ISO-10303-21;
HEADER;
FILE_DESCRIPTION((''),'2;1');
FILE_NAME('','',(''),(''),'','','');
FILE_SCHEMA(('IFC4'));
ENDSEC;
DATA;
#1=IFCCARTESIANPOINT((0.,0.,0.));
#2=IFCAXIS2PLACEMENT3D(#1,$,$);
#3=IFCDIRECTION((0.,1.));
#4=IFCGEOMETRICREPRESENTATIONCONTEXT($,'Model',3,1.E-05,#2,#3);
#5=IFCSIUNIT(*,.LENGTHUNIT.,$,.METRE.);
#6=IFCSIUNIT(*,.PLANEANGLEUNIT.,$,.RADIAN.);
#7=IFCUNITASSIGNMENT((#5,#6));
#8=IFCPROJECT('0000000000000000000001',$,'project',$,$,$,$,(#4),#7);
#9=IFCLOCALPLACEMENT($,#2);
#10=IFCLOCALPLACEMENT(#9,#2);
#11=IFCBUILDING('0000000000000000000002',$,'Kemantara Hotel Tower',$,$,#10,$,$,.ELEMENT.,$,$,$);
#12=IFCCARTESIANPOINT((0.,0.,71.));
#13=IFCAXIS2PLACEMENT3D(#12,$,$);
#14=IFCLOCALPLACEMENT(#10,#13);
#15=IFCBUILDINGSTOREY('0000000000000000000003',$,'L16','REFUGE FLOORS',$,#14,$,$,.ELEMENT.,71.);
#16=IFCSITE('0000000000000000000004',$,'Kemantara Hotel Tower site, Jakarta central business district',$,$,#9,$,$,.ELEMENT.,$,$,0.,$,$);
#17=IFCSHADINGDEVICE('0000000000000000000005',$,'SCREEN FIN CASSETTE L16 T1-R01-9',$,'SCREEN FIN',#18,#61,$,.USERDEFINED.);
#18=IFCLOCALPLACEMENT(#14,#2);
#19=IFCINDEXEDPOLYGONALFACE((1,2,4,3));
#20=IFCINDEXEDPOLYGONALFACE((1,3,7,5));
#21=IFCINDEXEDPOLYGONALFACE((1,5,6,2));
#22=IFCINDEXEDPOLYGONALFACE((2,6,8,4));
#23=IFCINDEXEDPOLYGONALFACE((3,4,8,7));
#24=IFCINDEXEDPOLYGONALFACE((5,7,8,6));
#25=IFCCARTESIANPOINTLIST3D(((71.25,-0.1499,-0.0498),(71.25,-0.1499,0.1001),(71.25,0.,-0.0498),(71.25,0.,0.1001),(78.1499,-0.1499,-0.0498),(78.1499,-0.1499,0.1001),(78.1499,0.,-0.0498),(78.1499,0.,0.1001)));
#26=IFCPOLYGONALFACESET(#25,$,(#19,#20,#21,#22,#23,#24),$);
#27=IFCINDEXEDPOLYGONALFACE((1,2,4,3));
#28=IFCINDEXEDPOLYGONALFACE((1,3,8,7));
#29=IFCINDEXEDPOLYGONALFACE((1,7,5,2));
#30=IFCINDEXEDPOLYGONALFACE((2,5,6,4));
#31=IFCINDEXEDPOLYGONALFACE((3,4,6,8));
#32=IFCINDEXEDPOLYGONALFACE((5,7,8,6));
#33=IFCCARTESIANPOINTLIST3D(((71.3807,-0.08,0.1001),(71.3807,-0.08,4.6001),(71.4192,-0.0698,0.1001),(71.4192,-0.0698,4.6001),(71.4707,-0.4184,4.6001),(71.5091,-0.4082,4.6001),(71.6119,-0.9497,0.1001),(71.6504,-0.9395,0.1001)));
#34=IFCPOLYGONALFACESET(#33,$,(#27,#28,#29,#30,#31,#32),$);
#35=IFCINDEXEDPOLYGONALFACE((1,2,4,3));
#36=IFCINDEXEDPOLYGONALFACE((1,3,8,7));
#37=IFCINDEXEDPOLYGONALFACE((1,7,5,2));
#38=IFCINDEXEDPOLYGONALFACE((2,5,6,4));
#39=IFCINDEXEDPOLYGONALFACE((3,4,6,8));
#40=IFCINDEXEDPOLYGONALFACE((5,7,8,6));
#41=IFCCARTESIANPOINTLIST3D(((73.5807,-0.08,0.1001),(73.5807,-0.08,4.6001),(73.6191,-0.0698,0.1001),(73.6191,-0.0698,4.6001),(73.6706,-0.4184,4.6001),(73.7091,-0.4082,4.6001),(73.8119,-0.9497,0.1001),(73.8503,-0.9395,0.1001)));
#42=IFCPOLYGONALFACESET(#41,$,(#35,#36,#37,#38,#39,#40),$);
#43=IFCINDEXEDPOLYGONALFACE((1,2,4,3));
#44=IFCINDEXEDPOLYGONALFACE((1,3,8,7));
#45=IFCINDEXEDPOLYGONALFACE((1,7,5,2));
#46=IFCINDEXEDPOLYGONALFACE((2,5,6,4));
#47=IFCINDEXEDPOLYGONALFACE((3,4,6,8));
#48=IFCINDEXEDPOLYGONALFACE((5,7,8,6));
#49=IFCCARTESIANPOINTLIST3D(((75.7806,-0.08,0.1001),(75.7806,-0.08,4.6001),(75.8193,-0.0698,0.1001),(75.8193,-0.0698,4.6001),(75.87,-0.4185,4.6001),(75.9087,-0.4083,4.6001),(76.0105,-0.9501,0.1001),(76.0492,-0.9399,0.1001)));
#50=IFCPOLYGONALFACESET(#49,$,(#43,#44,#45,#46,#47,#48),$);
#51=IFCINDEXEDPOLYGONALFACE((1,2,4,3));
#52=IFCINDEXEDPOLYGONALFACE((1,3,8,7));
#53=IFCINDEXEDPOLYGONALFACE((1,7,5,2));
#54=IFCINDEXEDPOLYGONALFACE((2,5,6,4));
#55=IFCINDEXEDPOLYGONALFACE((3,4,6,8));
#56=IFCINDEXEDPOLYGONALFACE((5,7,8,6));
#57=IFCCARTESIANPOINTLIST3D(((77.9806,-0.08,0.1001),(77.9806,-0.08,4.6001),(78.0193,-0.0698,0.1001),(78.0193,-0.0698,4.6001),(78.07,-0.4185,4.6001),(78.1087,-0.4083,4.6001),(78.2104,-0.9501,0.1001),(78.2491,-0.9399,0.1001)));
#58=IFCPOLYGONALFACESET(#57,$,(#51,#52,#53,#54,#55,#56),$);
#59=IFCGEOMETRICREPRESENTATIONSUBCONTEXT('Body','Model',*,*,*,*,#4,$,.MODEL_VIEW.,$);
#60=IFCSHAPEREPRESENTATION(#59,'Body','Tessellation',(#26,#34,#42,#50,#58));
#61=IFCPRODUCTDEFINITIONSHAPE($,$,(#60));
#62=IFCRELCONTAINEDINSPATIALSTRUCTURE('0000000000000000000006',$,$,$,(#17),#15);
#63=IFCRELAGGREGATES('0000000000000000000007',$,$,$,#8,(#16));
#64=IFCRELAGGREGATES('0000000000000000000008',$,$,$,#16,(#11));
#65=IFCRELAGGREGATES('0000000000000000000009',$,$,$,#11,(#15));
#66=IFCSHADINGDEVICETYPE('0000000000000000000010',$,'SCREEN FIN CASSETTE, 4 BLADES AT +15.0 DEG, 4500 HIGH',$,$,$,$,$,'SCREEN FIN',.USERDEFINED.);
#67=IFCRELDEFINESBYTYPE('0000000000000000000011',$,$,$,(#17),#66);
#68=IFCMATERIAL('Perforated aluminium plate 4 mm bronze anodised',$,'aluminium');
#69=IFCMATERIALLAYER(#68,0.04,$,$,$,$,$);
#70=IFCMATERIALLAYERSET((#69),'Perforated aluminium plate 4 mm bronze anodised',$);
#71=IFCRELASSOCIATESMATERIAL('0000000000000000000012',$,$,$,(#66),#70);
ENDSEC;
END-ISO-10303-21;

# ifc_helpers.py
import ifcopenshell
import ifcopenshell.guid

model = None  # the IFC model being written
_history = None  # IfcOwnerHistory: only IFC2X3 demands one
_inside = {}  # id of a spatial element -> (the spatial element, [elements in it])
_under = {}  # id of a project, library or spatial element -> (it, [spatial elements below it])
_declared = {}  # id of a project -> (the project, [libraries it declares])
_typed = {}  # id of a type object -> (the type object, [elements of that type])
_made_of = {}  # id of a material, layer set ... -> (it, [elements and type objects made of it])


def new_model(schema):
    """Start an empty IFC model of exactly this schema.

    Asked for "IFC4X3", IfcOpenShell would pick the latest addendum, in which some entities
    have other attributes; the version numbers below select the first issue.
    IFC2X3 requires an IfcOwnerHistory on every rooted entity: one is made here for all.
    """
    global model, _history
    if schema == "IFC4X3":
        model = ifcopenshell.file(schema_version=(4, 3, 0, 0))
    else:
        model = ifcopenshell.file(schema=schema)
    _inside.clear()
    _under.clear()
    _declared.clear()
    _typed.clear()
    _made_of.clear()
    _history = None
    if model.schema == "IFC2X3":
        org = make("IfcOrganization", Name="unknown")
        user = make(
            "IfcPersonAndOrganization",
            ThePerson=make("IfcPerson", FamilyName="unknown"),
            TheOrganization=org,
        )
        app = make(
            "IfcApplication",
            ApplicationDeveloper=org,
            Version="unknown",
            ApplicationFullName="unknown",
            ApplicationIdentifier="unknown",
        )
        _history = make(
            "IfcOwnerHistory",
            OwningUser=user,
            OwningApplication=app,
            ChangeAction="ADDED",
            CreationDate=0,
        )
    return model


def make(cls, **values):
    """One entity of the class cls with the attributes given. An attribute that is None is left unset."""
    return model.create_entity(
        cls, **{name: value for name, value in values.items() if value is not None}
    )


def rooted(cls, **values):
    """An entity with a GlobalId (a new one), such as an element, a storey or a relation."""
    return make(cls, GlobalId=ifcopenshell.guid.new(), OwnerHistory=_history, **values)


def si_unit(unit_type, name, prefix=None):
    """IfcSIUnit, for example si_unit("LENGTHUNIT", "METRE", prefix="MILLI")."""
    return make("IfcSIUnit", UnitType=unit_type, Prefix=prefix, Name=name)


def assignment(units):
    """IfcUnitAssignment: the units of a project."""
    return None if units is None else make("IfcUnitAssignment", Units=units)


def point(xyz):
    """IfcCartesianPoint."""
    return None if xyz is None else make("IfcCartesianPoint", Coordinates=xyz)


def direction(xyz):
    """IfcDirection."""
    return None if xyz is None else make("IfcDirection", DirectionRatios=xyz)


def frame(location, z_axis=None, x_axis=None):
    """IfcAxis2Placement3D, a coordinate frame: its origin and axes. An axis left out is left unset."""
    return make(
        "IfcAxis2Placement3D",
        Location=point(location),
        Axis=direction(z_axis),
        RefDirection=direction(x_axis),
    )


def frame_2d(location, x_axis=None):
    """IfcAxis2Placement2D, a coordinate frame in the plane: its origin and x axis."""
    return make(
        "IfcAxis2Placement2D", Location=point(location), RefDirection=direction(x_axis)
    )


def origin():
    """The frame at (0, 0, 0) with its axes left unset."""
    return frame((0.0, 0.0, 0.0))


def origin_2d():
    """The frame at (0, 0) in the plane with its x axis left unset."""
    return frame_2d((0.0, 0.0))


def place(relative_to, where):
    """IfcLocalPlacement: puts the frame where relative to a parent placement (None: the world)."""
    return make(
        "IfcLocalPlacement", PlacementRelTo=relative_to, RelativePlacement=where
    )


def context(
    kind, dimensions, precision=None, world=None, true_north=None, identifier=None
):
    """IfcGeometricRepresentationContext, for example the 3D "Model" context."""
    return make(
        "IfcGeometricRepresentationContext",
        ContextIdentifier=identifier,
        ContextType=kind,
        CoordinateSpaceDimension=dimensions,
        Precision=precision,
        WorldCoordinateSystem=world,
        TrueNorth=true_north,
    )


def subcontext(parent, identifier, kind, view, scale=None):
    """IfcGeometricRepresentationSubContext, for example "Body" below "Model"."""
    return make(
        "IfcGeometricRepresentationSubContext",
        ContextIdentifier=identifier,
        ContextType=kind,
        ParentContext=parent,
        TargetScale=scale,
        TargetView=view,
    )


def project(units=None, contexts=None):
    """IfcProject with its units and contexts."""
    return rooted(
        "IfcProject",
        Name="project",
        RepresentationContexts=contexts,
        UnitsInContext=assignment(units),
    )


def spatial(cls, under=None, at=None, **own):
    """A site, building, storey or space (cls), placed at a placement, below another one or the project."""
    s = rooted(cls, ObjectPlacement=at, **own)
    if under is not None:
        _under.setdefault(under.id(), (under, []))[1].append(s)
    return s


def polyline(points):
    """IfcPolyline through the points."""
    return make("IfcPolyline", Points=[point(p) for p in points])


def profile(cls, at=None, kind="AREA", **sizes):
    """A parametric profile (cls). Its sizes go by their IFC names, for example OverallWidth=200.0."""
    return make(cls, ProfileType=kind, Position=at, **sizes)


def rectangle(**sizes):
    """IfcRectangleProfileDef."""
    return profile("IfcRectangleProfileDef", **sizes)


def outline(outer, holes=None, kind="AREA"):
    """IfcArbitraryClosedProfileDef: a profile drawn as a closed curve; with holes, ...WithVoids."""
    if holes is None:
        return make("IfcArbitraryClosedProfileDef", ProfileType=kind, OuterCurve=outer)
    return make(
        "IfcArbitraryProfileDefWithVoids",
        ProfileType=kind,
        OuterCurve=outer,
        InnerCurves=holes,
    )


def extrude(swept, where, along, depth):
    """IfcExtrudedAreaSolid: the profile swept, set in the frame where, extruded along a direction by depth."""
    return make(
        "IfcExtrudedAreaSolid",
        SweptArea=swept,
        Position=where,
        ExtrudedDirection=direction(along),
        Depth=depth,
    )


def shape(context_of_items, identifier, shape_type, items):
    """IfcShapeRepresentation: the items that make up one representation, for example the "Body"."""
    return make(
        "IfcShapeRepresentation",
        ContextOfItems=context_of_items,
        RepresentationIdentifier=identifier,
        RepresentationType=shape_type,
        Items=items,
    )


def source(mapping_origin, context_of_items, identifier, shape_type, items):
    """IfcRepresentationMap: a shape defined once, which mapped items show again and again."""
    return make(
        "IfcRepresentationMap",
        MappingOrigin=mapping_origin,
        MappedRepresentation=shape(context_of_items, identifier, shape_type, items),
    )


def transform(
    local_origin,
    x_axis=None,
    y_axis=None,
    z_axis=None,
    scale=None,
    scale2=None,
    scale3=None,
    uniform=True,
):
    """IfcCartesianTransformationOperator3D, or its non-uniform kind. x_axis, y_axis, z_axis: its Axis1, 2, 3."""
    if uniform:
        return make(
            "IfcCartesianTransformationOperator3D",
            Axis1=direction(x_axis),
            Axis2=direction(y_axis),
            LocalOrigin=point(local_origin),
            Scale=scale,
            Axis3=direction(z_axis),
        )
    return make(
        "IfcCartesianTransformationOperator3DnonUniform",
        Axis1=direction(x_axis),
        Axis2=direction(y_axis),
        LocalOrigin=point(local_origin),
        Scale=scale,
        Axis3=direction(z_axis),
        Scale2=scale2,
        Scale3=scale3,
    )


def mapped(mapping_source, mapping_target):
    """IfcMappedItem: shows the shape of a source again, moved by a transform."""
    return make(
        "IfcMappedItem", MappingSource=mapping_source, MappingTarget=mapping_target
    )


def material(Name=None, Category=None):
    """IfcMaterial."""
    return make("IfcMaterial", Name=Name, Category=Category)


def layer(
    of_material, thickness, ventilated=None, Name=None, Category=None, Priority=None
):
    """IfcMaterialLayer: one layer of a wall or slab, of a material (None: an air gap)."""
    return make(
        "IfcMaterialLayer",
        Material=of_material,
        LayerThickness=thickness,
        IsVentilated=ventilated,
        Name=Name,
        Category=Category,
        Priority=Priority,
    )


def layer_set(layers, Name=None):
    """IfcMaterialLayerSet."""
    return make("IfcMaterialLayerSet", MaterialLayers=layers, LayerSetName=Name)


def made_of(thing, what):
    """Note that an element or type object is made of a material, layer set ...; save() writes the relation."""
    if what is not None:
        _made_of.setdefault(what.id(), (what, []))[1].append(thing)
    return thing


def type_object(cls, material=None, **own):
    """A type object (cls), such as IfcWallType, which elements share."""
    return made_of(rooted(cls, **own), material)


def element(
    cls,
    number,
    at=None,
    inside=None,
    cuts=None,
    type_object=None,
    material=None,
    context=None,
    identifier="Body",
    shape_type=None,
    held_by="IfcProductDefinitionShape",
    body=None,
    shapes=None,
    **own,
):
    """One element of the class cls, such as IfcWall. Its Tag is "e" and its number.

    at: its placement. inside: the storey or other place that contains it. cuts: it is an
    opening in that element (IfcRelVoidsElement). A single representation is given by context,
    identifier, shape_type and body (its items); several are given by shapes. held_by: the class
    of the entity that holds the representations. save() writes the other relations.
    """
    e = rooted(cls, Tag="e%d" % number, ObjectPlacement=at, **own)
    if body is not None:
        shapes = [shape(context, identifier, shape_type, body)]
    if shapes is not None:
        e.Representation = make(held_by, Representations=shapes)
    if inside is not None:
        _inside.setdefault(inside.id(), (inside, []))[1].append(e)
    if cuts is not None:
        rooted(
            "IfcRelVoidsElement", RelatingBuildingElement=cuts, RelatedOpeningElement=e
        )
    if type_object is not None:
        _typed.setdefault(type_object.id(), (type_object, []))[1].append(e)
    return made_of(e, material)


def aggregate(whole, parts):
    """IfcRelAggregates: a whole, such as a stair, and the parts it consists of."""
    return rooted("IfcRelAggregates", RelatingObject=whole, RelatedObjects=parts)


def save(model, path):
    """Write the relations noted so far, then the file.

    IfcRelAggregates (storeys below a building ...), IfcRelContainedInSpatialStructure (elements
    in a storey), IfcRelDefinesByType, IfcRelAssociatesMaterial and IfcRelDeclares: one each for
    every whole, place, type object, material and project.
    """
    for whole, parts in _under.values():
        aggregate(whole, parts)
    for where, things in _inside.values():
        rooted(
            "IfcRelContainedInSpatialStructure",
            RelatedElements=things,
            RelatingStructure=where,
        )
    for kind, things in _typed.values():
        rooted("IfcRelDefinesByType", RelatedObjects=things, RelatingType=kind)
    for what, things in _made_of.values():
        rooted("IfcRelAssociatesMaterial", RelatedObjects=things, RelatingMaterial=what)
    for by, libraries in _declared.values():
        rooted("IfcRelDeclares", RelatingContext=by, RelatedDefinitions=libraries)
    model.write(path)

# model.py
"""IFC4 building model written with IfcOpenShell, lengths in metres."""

from ifc_helpers import new_model, si_unit, direction, frame, origin, origin_2d, place, context, subcontext, project, spatial, polyline, rectangle, outline, extrude, source, transform, mapped, material, layer, layer_set, type_object, element, save


model = new_model("IFC4")

# Units and contexts
model_context = context("Model", 3, precision=1e-05, world=origin(), true_north=direction((0.0, 1.0)))
body_context = subcontext(model_context, "Body", "Model", "MODEL_VIEW")
ifc_project = project(units=[si_unit("LENGTHUNIT", "METRE"), si_unit("PLANEANGLEUNIT", "RADIAN")], contexts=[model_context])

# Site, building, storey
site_placement = place(None, origin())
site = spatial("IfcSite", under=ifc_project, at=site_placement, Name="Kemantara Hotel Tower site, Jakarta central business district", CompositionType="ELEMENT", RefElevation=0.0)
building_placement = place(site_placement, origin())
building = spatial("IfcBuilding", under=site, at=building_placement, Name="Kemantara Hotel Tower", CompositionType="ELEMENT")
storey_placement = place(building_placement, frame((0.0, 0.0, 71.0)))
storey = spatial("IfcBuildingStorey", under=building, at=storey_placement, Name="L16", Description="REFUGE FLOORS", CompositionType="ELEMENT", Elevation=71.0)

# Shading device
ifc_material_1 = material(Name="Perforated aluminium plate 4 mm bronze anodised", Category="aluminium")
ifc_layer_1 = layer(ifc_material_1, 0.04)
ifc_layer_set_1 = layer_set([ifc_layer_1], Name="Perforated aluminium plate 4 mm bronze anodised")
shading_device_type_1 = type_object("IfcShadingDeviceType", Name="SCREEN FIN CASSETTE, 4 BLADES AT +15.0 DEG, 4500 HIGH", ElementType="SCREEN FIN", PredefinedType="USERDEFINED", material=ifc_layer_set_1)
shared_shape_1 = source(origin(), body_context, "Body", "SweptSolid", [
    extrude(rectangle(XDim=6.8999, YDim=0.1499, at=origin_2d()), frame((3.3, -0.075, -0.1499), z_axis=(0.0, 0.0, 1.0), x_axis=(1.0, 0.0, 0.0)), (0.0, 0.0, 1.0), 0.1499),
    extrude(outline(polyline([(0.0, 0.0), (0.8999, 0.0), (0.3501, 4.5), (0.0, 4.5), (0.0, 0.0)])), frame((0.0193, -0.0698, 0.0), z_axis=(-0.966438, -0.256901, 0.0), x_axis=(0.256901, -0.966438, 0.0)), (0.0, 0.0, 1.0), 0.0398),
    extrude(outline(polyline([(0.0, 0.0), (0.8999, 0.0), (0.3501, 4.5), (0.0, 4.5), (0.0, 0.0)])), frame((2.2192, -0.0698, 0.0), z_axis=(-0.966438, -0.256901, 0.0), x_axis=(0.256901, -0.966438, 0.0)), (0.0, 0.0, 1.0), 0.0398),
    extrude(outline(polyline([(0.0, 0.0), (0.8999, 0.0), (0.3501, 4.5), (0.0, 4.5), (0.0, 0.0)])), frame((4.4194, -0.0698, 0.0), z_axis=(-0.966838, -0.255391, 0.0), x_axis=(0.255391, -0.966838, 0.0)), (0.0, 0.0, 1.0), 0.04),
    extrude(outline(polyline([(0.0, 0.0), (0.8999, 0.0), (0.3501, 4.5), (0.0, 4.5), (0.0, 0.0)])), frame((6.6194, -0.0698, 0.0), z_axis=(-0.966838, -0.255391, 0.0), x_axis=(0.255391, -0.966838, 0.0)), (0.0, 0.0, 1.0), 0.04),
])
shading_device_1_placement = place(storey_placement, frame((71.3999, 0.0, 0.1001), z_axis=(0.0, 0.0, 1.0), x_axis=(1.0, 0.0, 0.0)))
element("IfcShadingDevice", 1, at=shading_device_1_placement, inside=storey, type_object=shading_device_type_1, Name="SCREEN FIN CASSETTE L16 T1-R01-9", ObjectType="SCREEN FIN", PredefinedType="USERDEFINED", context=body_context, shape_type="MappedRepresentation", body=[
    mapped(shared_shape_1, transform((0.0, 0.0, 0.0))),
])

save(model, "model.ifc")
